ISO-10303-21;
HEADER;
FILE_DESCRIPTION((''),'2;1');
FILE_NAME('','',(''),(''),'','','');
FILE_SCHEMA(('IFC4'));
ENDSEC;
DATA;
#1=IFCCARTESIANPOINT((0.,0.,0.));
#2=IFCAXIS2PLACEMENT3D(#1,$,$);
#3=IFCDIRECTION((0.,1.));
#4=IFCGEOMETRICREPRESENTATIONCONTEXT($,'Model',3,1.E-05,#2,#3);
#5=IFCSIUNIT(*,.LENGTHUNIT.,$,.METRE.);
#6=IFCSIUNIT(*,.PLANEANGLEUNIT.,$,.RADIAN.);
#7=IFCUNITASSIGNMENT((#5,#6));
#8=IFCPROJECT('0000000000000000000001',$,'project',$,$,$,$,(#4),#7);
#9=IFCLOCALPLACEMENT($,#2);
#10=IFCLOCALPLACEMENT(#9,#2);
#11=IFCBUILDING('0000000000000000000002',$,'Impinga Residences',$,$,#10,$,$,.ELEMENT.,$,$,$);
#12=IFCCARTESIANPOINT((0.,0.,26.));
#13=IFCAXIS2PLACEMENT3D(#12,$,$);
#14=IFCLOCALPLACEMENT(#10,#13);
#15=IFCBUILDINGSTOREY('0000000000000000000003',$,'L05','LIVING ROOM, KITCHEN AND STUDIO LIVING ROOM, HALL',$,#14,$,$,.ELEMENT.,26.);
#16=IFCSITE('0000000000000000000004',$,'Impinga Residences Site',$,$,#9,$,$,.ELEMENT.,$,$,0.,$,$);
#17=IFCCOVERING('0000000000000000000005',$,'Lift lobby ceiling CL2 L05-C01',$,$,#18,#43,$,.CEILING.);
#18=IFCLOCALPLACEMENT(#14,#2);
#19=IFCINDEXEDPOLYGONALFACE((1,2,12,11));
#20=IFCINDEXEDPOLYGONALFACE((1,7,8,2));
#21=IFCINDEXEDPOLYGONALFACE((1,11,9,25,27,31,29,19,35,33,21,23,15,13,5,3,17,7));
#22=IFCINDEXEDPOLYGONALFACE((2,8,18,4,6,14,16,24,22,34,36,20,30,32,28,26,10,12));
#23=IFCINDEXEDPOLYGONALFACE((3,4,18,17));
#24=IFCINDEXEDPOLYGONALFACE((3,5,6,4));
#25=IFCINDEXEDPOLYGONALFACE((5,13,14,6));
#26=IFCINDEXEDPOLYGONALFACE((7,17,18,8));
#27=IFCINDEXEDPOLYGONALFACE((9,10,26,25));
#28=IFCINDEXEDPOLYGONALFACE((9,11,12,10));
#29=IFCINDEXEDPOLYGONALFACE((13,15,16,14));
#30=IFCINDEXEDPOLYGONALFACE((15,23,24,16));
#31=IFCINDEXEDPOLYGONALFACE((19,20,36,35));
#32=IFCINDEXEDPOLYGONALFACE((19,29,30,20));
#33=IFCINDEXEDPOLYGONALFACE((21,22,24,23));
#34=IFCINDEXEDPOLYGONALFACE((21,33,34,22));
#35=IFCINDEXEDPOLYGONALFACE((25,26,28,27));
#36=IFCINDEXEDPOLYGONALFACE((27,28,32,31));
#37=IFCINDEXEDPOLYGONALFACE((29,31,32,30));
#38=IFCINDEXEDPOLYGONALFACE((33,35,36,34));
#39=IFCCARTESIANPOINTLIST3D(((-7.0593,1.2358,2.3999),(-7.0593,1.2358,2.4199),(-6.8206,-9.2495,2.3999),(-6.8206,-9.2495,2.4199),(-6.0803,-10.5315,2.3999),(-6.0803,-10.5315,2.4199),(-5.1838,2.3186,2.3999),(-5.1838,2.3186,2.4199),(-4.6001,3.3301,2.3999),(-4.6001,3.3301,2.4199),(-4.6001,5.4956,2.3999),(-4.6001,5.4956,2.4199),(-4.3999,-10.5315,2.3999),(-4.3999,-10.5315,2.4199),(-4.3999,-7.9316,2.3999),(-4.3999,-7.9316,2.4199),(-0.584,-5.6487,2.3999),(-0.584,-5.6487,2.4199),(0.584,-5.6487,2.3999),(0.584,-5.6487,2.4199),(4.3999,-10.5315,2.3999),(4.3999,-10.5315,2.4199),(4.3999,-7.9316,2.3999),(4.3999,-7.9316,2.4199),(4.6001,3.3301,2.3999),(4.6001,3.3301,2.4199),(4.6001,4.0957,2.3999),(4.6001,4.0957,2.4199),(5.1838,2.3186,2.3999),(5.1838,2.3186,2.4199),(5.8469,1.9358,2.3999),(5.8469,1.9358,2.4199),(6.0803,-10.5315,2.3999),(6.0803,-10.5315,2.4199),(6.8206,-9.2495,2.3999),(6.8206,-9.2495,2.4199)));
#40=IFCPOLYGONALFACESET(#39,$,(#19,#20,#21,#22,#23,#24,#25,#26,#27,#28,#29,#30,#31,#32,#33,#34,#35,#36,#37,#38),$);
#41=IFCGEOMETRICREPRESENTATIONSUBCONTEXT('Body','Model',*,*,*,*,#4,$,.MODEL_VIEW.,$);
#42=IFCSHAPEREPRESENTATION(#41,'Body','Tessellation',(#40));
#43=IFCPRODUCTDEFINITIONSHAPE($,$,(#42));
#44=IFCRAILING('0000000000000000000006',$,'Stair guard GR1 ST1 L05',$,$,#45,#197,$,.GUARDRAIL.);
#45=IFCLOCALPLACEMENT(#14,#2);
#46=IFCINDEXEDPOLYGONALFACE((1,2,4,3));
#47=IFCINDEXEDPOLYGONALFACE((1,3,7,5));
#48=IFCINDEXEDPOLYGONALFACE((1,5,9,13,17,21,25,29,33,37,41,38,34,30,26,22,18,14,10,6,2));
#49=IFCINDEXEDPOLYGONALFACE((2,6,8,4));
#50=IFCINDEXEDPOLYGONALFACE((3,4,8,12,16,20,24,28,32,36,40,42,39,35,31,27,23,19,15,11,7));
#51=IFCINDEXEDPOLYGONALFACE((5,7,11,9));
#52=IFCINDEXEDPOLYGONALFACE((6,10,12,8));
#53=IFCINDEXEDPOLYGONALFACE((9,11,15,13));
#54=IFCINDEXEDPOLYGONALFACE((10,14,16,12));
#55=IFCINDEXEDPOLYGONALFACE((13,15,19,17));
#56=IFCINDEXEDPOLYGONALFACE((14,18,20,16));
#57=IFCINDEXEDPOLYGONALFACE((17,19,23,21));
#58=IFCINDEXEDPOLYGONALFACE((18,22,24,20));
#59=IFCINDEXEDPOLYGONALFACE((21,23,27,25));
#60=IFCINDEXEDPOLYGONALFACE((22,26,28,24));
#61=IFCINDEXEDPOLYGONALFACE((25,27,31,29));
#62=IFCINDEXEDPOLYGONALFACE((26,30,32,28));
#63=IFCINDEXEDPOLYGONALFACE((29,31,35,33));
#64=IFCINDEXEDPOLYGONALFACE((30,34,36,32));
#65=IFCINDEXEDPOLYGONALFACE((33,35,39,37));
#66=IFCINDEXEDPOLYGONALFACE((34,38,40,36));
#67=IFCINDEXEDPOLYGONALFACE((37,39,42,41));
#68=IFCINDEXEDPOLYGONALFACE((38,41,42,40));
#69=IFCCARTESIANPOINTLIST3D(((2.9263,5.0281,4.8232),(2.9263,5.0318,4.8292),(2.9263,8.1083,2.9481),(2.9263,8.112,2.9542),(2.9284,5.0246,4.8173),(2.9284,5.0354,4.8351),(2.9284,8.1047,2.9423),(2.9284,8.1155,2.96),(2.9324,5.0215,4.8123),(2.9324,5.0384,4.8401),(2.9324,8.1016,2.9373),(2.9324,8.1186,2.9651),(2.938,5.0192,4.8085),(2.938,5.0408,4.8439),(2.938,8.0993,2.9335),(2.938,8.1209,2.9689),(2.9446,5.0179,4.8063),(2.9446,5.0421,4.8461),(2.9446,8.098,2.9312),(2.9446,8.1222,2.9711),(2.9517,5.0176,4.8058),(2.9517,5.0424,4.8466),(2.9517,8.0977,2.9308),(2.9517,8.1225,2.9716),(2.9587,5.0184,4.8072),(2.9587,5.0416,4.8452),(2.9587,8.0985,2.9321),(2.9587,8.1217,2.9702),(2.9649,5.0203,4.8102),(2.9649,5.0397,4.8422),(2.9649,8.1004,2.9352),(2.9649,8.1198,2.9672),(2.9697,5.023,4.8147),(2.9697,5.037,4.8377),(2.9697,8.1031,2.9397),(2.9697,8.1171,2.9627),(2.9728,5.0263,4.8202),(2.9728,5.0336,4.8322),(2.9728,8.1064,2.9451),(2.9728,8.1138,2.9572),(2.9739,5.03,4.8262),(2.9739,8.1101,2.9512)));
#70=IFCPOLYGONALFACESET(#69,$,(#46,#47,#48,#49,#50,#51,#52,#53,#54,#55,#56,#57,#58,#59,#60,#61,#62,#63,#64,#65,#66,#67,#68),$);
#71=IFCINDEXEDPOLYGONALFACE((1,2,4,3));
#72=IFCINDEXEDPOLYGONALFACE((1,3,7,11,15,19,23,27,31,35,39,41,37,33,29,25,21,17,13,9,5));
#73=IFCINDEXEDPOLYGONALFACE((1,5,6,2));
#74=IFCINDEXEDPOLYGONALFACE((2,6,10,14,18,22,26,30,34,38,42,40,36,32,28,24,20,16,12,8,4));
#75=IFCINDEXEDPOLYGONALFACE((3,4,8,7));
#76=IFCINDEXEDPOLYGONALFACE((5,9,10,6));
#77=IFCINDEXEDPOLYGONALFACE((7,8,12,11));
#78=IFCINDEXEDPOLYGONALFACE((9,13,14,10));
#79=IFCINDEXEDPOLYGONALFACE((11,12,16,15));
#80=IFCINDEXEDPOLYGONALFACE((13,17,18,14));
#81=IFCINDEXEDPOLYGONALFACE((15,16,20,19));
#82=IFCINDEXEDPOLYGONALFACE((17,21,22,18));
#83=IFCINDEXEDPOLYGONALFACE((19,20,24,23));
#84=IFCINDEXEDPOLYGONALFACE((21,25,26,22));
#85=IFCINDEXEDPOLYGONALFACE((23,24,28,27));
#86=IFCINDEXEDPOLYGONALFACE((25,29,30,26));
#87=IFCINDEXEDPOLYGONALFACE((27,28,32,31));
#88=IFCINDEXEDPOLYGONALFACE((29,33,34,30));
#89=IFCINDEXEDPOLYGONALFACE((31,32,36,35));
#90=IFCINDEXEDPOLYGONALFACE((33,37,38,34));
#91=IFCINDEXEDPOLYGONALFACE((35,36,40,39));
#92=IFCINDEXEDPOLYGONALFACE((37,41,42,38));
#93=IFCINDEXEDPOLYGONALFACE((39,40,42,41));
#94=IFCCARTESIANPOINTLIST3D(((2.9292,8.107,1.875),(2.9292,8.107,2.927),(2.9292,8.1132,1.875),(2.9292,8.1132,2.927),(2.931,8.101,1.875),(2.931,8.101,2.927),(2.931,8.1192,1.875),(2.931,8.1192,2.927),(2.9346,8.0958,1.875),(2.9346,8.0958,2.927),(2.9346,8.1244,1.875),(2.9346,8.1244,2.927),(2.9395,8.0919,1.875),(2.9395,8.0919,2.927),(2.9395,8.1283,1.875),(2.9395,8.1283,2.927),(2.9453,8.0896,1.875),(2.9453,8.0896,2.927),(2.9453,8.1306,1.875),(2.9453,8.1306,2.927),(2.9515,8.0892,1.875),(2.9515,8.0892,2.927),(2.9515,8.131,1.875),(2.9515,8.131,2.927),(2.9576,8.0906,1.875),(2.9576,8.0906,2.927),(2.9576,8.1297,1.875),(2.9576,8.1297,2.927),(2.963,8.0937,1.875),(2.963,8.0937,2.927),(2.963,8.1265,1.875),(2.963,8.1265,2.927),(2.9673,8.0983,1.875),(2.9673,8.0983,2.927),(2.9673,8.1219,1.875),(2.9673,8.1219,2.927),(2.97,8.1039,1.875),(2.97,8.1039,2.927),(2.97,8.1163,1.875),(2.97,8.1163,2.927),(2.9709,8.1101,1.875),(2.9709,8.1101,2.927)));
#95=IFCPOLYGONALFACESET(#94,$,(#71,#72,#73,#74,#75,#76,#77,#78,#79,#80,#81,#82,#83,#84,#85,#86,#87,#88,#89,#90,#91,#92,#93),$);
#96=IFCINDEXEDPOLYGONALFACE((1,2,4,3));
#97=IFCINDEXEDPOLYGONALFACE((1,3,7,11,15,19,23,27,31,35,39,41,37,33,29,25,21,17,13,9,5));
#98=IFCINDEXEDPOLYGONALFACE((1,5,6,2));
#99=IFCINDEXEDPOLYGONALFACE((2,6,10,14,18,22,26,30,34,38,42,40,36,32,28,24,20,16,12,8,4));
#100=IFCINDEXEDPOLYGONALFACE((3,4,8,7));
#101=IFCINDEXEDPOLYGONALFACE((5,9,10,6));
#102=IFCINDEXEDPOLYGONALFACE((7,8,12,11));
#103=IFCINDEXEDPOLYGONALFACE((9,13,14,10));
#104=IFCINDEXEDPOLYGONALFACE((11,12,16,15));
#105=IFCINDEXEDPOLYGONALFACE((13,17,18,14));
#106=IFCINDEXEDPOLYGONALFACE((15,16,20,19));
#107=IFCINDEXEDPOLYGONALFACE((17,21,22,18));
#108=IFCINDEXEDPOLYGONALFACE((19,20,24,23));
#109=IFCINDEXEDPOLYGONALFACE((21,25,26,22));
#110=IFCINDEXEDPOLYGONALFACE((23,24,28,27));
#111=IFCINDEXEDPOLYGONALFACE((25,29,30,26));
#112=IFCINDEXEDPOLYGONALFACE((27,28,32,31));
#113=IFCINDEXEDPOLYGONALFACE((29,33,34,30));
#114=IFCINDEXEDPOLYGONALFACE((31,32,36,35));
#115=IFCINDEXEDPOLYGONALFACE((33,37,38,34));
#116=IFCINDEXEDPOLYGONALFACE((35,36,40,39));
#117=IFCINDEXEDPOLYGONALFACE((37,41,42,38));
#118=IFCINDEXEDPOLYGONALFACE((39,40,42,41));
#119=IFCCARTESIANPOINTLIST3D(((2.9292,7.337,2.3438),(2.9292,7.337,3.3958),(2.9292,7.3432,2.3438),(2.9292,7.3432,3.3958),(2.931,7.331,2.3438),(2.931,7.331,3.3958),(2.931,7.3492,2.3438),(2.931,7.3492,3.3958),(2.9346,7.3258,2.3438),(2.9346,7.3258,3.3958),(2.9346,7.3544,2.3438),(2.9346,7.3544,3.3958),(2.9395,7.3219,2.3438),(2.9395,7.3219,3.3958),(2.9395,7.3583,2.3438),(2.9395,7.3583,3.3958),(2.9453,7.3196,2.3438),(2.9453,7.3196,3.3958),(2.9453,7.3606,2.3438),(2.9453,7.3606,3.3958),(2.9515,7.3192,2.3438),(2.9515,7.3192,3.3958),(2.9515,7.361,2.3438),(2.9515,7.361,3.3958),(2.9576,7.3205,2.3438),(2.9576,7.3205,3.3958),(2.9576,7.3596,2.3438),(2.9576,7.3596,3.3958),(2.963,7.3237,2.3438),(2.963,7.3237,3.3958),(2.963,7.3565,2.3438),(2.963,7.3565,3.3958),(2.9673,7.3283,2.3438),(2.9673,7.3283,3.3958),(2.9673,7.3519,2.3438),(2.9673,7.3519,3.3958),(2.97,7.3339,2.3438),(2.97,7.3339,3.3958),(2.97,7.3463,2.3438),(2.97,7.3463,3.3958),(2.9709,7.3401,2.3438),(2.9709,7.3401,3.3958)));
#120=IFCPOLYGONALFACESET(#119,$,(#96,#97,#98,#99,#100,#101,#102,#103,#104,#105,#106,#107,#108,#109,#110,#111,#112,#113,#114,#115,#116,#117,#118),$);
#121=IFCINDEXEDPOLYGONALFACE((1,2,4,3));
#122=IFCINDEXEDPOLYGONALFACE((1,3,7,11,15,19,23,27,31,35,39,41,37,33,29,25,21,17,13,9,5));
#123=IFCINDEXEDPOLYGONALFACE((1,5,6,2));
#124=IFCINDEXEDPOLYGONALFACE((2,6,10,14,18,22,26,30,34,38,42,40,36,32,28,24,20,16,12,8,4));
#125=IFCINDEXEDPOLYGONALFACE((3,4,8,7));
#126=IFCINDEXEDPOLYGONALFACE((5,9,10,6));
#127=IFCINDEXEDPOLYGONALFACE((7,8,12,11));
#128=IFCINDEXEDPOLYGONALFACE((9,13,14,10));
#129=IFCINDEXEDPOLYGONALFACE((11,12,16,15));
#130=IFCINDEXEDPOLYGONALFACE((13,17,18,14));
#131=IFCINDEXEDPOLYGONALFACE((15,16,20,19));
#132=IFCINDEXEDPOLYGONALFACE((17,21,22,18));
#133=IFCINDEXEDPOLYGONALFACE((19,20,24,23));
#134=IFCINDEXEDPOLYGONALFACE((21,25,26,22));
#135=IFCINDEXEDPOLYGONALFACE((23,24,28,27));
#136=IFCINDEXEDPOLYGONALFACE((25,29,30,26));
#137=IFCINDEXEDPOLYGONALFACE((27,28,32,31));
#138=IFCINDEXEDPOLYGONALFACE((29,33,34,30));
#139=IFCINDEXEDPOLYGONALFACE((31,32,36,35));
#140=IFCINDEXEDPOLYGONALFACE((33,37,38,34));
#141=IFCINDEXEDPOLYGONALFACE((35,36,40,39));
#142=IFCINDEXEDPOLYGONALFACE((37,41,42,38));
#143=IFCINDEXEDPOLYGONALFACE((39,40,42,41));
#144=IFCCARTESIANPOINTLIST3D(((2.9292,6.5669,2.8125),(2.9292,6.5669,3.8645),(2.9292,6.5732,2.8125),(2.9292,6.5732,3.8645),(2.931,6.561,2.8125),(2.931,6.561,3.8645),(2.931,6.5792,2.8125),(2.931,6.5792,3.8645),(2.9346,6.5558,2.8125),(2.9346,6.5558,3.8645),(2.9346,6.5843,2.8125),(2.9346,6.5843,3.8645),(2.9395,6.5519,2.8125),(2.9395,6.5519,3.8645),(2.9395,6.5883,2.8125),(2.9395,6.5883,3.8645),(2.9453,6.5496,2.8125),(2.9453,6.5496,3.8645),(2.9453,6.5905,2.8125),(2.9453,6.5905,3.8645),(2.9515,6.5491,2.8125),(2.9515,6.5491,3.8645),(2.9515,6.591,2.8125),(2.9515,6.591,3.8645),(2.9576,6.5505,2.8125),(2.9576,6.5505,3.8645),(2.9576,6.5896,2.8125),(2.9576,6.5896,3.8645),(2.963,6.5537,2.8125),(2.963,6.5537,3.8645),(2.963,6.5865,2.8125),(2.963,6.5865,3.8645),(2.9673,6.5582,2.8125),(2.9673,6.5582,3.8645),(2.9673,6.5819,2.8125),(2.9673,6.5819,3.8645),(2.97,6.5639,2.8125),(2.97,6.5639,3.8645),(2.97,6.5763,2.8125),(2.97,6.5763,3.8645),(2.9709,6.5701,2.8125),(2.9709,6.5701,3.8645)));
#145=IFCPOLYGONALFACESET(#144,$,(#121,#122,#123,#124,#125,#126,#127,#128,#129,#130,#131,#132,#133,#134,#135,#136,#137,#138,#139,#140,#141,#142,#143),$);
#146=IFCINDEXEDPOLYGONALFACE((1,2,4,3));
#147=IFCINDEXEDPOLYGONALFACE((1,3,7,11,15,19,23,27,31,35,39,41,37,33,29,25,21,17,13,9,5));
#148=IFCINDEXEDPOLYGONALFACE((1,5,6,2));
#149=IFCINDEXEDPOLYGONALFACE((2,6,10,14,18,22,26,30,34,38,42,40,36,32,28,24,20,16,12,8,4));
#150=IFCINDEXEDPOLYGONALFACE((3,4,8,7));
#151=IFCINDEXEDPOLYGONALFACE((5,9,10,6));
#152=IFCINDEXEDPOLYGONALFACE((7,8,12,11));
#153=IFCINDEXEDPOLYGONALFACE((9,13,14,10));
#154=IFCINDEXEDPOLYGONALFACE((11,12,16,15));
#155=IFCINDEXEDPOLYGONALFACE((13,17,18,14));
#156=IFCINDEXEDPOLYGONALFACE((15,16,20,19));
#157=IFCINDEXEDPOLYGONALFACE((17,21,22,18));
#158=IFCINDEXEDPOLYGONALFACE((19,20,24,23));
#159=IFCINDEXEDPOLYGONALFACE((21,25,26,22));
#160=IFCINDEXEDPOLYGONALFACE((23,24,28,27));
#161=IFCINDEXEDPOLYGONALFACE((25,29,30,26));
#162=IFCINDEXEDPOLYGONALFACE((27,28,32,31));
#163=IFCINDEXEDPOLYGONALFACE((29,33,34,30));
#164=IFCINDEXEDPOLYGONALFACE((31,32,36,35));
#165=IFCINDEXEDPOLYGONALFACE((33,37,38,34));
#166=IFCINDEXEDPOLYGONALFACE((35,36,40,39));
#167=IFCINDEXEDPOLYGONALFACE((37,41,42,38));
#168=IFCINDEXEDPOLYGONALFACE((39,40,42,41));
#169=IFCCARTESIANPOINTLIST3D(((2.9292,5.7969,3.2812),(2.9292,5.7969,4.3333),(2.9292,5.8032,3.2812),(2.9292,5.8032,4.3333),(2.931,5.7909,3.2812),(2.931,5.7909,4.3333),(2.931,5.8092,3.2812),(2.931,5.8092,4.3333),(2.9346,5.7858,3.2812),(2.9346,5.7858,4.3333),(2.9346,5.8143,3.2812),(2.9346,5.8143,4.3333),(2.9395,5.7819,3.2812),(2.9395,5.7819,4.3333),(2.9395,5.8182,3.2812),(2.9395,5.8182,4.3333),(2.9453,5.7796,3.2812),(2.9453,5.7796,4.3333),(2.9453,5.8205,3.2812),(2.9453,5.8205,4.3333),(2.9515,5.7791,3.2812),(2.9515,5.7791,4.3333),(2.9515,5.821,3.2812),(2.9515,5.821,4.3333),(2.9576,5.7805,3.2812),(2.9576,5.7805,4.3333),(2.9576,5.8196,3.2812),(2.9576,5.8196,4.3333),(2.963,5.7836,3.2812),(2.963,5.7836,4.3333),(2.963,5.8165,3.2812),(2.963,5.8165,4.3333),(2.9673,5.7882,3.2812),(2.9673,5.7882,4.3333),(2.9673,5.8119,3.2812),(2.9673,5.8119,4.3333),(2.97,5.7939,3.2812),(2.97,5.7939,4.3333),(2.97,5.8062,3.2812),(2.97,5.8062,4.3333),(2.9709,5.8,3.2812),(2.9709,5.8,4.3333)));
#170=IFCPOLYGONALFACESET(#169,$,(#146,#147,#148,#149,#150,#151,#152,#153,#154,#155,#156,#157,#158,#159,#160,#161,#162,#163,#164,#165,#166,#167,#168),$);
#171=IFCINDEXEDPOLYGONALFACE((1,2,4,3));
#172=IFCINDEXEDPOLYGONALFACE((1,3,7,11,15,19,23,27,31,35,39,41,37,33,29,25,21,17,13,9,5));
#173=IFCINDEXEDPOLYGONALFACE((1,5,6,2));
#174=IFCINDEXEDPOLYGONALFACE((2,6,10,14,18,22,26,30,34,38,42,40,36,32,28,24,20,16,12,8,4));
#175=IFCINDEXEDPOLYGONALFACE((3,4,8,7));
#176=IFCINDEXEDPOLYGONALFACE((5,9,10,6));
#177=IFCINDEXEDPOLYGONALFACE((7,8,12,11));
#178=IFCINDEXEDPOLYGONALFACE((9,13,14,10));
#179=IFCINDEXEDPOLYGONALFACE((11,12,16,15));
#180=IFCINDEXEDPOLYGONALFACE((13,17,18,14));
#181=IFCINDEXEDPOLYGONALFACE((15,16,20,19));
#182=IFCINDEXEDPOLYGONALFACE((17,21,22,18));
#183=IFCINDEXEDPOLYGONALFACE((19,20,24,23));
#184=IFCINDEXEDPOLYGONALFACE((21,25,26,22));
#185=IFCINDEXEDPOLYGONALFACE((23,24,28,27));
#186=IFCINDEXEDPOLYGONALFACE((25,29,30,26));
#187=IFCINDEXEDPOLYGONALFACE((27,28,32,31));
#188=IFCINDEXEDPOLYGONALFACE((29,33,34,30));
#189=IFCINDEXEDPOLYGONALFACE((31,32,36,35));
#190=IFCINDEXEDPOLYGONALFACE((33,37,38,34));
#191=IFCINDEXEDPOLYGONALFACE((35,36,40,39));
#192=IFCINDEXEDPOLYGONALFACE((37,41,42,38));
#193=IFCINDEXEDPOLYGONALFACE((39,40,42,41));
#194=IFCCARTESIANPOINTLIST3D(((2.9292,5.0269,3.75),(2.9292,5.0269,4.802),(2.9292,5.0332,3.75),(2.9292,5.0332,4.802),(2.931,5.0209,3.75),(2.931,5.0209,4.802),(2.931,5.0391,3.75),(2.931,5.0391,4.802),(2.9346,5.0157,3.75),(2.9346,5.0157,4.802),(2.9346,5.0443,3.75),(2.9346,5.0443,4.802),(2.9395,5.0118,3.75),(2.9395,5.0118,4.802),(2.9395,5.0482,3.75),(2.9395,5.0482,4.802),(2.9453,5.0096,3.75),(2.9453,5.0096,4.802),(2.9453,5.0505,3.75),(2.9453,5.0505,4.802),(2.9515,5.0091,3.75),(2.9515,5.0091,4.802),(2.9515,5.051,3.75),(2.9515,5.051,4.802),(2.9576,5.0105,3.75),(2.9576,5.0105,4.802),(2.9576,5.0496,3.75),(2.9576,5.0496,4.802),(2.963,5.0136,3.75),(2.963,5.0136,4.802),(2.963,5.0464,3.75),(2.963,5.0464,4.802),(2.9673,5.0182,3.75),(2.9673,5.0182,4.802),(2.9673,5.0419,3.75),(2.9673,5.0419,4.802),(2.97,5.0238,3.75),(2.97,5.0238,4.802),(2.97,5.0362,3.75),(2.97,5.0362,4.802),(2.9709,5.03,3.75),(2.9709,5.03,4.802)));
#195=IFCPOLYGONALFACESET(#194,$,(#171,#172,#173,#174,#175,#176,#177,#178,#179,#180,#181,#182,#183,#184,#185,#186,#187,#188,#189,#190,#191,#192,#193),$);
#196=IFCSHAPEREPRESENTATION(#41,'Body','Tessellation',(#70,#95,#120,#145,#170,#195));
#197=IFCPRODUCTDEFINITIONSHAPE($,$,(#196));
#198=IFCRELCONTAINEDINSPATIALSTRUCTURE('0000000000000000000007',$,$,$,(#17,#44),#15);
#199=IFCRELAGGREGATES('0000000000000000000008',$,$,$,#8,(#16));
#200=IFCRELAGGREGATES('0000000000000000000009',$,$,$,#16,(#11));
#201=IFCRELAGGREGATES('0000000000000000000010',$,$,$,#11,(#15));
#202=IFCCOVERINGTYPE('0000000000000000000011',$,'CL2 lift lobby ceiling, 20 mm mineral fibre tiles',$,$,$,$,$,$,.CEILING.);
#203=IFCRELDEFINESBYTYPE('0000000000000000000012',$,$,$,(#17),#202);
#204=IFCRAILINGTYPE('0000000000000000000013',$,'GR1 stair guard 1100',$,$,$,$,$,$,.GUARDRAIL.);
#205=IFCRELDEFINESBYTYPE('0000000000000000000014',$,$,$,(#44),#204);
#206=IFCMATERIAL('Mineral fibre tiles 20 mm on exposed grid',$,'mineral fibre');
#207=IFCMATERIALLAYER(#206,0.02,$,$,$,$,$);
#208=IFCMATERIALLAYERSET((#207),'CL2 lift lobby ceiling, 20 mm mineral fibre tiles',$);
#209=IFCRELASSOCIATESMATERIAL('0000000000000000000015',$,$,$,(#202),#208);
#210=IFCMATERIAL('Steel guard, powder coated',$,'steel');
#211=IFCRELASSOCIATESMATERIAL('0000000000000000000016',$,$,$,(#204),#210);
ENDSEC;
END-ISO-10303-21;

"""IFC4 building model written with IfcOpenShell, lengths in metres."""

from ifc_helpers import new_model, si_unit, direction, frame, origin, origin_2d, place, context, subcontext, project, spatial, polyline, circle, outline, extrude, material, layer, layer_set, type_object, element, save


model = new_model("IFC4")

# Units and contexts
model_context = context("Model", 3, precision=1e-05, world=origin(), true_north=direction((0.0, 1.0)))
body_context = subcontext(model_context, "Body", "Model", "MODEL_VIEW")
ifc_project = project(units=[si_unit("LENGTHUNIT", "METRE"), si_unit("PLANEANGLEUNIT", "RADIAN")], contexts=[model_context])

# Site, building, storey
site_placement = place(None, origin())
site = spatial("IfcSite", under=ifc_project, at=site_placement, Name="Impinga Residences Site", CompositionType="ELEMENT", RefElevation=0.0)
building_placement = place(site_placement, origin())
building = spatial("IfcBuilding", under=site, at=building_placement, Name="Impinga Residences", CompositionType="ELEMENT")
storey_placement = place(building_placement, frame((0.0, 0.0, 26.0)))
storey = spatial("IfcBuildingStorey", under=building, at=storey_placement, Name="L05", Description="LIVING ROOM, KITCHEN AND STUDIO LIVING ROOM, HALL", CompositionType="ELEMENT", Elevation=26.0)

# Covering
ifc_material_1 = material(Name="Mineral fibre tiles 20 mm on exposed grid", Category="mineral fibre")
ifc_layer_1 = layer(ifc_material_1, 0.02)
ifc_layer_set_1 = layer_set([ifc_layer_1], Name="CL2 lift lobby ceiling, 20 mm mineral fibre tiles")
covering_type_1 = type_object("IfcCoveringType", Name="CL2 lift lobby ceiling, 20 mm mineral fibre tiles", PredefinedType="CEILING", material=ifc_layer_set_1)
covering_1_placement = place(storey_placement, frame((0.0, 0.0, 2.3999)))
element("IfcCovering", 1, at=covering_1_placement, inside=storey, type_object=covering_type_1, Name="Lift lobby ceiling CL2 L05-C01", PredefinedType="CEILING", context=body_context, shape_type="SweptSolid", body=[
    extrude(outline(polyline([(6.0803, -10.5315), (4.3999, -10.5315), (4.3999, -7.9316), (-4.3999, -7.9316), (-4.3999, -10.5315), (-6.0803, -10.5315), (-6.8206, -9.2495), (-0.584, -5.6487), (-5.1838, 2.3186), (-7.0593, 1.2358), (-4.6001, 5.4956), (-4.6001, 3.3301), (4.6001, 3.3301), (4.6001, 4.0957), (5.8469, 1.9358), (5.1838, 2.3186), (0.584, -5.6487), (6.8206, -9.2495), (6.0803, -10.5315)])), origin(), (0.0, 0.0, 1.0), 0.02),
])

# Railing
ifc_material_2 = material(Name="Steel guard, powder coated", Category="steel")
railing_type_1 = type_object("IfcRailingType", Name="GR1 stair guard 1100", PredefinedType="GUARDRAIL", material=ifc_material_2)
railing_1_placement = place(storey_placement, frame((2.95, 8.1101, 1.875)))
element("IfcRailing", 2, at=railing_1_placement, inside=storey, type_object=railing_type_1, Name="Stair guard GR1 ST1 L05", PredefinedType="GUARDRAIL", context=body_context, shape_type="SweptSolid", body=[
    extrude(circle(Radius=0.0239, at=origin_2d()), frame((0.0, 0.0, 1.0762), z_axis=(0.0, -0.854178, 0.519981), x_axis=(1.0, 0.0, 0.0)), (0.0, 0.0, 1.0), 3.606),
    extrude(circle(Radius=0.021, at=origin_2d()), origin(), (0.0, 0.0, 1.0), 1.052),
    extrude(circle(Radius=0.021, at=origin_2d()), frame((0.0, -0.77, 0.4688)), (0.0, 0.0, 1.0), 1.052),
    extrude(circle(Radius=0.021, at=origin_2d()), frame((0.0, -1.54, 0.9375)), (0.0, 0.0, 1.0), 1.052),
    extrude(circle(Radius=0.021, at=origin_2d()), frame((0.0, -2.3101, 1.4062)), (0.0, 0.0, 1.0), 1.052),
    extrude(circle(Radius=0.021, at=origin_2d()), frame((0.0, -3.0801, 1.875)), (0.0, 0.0, 1.0), 1.052),
])

save(model, "model.ifc")
